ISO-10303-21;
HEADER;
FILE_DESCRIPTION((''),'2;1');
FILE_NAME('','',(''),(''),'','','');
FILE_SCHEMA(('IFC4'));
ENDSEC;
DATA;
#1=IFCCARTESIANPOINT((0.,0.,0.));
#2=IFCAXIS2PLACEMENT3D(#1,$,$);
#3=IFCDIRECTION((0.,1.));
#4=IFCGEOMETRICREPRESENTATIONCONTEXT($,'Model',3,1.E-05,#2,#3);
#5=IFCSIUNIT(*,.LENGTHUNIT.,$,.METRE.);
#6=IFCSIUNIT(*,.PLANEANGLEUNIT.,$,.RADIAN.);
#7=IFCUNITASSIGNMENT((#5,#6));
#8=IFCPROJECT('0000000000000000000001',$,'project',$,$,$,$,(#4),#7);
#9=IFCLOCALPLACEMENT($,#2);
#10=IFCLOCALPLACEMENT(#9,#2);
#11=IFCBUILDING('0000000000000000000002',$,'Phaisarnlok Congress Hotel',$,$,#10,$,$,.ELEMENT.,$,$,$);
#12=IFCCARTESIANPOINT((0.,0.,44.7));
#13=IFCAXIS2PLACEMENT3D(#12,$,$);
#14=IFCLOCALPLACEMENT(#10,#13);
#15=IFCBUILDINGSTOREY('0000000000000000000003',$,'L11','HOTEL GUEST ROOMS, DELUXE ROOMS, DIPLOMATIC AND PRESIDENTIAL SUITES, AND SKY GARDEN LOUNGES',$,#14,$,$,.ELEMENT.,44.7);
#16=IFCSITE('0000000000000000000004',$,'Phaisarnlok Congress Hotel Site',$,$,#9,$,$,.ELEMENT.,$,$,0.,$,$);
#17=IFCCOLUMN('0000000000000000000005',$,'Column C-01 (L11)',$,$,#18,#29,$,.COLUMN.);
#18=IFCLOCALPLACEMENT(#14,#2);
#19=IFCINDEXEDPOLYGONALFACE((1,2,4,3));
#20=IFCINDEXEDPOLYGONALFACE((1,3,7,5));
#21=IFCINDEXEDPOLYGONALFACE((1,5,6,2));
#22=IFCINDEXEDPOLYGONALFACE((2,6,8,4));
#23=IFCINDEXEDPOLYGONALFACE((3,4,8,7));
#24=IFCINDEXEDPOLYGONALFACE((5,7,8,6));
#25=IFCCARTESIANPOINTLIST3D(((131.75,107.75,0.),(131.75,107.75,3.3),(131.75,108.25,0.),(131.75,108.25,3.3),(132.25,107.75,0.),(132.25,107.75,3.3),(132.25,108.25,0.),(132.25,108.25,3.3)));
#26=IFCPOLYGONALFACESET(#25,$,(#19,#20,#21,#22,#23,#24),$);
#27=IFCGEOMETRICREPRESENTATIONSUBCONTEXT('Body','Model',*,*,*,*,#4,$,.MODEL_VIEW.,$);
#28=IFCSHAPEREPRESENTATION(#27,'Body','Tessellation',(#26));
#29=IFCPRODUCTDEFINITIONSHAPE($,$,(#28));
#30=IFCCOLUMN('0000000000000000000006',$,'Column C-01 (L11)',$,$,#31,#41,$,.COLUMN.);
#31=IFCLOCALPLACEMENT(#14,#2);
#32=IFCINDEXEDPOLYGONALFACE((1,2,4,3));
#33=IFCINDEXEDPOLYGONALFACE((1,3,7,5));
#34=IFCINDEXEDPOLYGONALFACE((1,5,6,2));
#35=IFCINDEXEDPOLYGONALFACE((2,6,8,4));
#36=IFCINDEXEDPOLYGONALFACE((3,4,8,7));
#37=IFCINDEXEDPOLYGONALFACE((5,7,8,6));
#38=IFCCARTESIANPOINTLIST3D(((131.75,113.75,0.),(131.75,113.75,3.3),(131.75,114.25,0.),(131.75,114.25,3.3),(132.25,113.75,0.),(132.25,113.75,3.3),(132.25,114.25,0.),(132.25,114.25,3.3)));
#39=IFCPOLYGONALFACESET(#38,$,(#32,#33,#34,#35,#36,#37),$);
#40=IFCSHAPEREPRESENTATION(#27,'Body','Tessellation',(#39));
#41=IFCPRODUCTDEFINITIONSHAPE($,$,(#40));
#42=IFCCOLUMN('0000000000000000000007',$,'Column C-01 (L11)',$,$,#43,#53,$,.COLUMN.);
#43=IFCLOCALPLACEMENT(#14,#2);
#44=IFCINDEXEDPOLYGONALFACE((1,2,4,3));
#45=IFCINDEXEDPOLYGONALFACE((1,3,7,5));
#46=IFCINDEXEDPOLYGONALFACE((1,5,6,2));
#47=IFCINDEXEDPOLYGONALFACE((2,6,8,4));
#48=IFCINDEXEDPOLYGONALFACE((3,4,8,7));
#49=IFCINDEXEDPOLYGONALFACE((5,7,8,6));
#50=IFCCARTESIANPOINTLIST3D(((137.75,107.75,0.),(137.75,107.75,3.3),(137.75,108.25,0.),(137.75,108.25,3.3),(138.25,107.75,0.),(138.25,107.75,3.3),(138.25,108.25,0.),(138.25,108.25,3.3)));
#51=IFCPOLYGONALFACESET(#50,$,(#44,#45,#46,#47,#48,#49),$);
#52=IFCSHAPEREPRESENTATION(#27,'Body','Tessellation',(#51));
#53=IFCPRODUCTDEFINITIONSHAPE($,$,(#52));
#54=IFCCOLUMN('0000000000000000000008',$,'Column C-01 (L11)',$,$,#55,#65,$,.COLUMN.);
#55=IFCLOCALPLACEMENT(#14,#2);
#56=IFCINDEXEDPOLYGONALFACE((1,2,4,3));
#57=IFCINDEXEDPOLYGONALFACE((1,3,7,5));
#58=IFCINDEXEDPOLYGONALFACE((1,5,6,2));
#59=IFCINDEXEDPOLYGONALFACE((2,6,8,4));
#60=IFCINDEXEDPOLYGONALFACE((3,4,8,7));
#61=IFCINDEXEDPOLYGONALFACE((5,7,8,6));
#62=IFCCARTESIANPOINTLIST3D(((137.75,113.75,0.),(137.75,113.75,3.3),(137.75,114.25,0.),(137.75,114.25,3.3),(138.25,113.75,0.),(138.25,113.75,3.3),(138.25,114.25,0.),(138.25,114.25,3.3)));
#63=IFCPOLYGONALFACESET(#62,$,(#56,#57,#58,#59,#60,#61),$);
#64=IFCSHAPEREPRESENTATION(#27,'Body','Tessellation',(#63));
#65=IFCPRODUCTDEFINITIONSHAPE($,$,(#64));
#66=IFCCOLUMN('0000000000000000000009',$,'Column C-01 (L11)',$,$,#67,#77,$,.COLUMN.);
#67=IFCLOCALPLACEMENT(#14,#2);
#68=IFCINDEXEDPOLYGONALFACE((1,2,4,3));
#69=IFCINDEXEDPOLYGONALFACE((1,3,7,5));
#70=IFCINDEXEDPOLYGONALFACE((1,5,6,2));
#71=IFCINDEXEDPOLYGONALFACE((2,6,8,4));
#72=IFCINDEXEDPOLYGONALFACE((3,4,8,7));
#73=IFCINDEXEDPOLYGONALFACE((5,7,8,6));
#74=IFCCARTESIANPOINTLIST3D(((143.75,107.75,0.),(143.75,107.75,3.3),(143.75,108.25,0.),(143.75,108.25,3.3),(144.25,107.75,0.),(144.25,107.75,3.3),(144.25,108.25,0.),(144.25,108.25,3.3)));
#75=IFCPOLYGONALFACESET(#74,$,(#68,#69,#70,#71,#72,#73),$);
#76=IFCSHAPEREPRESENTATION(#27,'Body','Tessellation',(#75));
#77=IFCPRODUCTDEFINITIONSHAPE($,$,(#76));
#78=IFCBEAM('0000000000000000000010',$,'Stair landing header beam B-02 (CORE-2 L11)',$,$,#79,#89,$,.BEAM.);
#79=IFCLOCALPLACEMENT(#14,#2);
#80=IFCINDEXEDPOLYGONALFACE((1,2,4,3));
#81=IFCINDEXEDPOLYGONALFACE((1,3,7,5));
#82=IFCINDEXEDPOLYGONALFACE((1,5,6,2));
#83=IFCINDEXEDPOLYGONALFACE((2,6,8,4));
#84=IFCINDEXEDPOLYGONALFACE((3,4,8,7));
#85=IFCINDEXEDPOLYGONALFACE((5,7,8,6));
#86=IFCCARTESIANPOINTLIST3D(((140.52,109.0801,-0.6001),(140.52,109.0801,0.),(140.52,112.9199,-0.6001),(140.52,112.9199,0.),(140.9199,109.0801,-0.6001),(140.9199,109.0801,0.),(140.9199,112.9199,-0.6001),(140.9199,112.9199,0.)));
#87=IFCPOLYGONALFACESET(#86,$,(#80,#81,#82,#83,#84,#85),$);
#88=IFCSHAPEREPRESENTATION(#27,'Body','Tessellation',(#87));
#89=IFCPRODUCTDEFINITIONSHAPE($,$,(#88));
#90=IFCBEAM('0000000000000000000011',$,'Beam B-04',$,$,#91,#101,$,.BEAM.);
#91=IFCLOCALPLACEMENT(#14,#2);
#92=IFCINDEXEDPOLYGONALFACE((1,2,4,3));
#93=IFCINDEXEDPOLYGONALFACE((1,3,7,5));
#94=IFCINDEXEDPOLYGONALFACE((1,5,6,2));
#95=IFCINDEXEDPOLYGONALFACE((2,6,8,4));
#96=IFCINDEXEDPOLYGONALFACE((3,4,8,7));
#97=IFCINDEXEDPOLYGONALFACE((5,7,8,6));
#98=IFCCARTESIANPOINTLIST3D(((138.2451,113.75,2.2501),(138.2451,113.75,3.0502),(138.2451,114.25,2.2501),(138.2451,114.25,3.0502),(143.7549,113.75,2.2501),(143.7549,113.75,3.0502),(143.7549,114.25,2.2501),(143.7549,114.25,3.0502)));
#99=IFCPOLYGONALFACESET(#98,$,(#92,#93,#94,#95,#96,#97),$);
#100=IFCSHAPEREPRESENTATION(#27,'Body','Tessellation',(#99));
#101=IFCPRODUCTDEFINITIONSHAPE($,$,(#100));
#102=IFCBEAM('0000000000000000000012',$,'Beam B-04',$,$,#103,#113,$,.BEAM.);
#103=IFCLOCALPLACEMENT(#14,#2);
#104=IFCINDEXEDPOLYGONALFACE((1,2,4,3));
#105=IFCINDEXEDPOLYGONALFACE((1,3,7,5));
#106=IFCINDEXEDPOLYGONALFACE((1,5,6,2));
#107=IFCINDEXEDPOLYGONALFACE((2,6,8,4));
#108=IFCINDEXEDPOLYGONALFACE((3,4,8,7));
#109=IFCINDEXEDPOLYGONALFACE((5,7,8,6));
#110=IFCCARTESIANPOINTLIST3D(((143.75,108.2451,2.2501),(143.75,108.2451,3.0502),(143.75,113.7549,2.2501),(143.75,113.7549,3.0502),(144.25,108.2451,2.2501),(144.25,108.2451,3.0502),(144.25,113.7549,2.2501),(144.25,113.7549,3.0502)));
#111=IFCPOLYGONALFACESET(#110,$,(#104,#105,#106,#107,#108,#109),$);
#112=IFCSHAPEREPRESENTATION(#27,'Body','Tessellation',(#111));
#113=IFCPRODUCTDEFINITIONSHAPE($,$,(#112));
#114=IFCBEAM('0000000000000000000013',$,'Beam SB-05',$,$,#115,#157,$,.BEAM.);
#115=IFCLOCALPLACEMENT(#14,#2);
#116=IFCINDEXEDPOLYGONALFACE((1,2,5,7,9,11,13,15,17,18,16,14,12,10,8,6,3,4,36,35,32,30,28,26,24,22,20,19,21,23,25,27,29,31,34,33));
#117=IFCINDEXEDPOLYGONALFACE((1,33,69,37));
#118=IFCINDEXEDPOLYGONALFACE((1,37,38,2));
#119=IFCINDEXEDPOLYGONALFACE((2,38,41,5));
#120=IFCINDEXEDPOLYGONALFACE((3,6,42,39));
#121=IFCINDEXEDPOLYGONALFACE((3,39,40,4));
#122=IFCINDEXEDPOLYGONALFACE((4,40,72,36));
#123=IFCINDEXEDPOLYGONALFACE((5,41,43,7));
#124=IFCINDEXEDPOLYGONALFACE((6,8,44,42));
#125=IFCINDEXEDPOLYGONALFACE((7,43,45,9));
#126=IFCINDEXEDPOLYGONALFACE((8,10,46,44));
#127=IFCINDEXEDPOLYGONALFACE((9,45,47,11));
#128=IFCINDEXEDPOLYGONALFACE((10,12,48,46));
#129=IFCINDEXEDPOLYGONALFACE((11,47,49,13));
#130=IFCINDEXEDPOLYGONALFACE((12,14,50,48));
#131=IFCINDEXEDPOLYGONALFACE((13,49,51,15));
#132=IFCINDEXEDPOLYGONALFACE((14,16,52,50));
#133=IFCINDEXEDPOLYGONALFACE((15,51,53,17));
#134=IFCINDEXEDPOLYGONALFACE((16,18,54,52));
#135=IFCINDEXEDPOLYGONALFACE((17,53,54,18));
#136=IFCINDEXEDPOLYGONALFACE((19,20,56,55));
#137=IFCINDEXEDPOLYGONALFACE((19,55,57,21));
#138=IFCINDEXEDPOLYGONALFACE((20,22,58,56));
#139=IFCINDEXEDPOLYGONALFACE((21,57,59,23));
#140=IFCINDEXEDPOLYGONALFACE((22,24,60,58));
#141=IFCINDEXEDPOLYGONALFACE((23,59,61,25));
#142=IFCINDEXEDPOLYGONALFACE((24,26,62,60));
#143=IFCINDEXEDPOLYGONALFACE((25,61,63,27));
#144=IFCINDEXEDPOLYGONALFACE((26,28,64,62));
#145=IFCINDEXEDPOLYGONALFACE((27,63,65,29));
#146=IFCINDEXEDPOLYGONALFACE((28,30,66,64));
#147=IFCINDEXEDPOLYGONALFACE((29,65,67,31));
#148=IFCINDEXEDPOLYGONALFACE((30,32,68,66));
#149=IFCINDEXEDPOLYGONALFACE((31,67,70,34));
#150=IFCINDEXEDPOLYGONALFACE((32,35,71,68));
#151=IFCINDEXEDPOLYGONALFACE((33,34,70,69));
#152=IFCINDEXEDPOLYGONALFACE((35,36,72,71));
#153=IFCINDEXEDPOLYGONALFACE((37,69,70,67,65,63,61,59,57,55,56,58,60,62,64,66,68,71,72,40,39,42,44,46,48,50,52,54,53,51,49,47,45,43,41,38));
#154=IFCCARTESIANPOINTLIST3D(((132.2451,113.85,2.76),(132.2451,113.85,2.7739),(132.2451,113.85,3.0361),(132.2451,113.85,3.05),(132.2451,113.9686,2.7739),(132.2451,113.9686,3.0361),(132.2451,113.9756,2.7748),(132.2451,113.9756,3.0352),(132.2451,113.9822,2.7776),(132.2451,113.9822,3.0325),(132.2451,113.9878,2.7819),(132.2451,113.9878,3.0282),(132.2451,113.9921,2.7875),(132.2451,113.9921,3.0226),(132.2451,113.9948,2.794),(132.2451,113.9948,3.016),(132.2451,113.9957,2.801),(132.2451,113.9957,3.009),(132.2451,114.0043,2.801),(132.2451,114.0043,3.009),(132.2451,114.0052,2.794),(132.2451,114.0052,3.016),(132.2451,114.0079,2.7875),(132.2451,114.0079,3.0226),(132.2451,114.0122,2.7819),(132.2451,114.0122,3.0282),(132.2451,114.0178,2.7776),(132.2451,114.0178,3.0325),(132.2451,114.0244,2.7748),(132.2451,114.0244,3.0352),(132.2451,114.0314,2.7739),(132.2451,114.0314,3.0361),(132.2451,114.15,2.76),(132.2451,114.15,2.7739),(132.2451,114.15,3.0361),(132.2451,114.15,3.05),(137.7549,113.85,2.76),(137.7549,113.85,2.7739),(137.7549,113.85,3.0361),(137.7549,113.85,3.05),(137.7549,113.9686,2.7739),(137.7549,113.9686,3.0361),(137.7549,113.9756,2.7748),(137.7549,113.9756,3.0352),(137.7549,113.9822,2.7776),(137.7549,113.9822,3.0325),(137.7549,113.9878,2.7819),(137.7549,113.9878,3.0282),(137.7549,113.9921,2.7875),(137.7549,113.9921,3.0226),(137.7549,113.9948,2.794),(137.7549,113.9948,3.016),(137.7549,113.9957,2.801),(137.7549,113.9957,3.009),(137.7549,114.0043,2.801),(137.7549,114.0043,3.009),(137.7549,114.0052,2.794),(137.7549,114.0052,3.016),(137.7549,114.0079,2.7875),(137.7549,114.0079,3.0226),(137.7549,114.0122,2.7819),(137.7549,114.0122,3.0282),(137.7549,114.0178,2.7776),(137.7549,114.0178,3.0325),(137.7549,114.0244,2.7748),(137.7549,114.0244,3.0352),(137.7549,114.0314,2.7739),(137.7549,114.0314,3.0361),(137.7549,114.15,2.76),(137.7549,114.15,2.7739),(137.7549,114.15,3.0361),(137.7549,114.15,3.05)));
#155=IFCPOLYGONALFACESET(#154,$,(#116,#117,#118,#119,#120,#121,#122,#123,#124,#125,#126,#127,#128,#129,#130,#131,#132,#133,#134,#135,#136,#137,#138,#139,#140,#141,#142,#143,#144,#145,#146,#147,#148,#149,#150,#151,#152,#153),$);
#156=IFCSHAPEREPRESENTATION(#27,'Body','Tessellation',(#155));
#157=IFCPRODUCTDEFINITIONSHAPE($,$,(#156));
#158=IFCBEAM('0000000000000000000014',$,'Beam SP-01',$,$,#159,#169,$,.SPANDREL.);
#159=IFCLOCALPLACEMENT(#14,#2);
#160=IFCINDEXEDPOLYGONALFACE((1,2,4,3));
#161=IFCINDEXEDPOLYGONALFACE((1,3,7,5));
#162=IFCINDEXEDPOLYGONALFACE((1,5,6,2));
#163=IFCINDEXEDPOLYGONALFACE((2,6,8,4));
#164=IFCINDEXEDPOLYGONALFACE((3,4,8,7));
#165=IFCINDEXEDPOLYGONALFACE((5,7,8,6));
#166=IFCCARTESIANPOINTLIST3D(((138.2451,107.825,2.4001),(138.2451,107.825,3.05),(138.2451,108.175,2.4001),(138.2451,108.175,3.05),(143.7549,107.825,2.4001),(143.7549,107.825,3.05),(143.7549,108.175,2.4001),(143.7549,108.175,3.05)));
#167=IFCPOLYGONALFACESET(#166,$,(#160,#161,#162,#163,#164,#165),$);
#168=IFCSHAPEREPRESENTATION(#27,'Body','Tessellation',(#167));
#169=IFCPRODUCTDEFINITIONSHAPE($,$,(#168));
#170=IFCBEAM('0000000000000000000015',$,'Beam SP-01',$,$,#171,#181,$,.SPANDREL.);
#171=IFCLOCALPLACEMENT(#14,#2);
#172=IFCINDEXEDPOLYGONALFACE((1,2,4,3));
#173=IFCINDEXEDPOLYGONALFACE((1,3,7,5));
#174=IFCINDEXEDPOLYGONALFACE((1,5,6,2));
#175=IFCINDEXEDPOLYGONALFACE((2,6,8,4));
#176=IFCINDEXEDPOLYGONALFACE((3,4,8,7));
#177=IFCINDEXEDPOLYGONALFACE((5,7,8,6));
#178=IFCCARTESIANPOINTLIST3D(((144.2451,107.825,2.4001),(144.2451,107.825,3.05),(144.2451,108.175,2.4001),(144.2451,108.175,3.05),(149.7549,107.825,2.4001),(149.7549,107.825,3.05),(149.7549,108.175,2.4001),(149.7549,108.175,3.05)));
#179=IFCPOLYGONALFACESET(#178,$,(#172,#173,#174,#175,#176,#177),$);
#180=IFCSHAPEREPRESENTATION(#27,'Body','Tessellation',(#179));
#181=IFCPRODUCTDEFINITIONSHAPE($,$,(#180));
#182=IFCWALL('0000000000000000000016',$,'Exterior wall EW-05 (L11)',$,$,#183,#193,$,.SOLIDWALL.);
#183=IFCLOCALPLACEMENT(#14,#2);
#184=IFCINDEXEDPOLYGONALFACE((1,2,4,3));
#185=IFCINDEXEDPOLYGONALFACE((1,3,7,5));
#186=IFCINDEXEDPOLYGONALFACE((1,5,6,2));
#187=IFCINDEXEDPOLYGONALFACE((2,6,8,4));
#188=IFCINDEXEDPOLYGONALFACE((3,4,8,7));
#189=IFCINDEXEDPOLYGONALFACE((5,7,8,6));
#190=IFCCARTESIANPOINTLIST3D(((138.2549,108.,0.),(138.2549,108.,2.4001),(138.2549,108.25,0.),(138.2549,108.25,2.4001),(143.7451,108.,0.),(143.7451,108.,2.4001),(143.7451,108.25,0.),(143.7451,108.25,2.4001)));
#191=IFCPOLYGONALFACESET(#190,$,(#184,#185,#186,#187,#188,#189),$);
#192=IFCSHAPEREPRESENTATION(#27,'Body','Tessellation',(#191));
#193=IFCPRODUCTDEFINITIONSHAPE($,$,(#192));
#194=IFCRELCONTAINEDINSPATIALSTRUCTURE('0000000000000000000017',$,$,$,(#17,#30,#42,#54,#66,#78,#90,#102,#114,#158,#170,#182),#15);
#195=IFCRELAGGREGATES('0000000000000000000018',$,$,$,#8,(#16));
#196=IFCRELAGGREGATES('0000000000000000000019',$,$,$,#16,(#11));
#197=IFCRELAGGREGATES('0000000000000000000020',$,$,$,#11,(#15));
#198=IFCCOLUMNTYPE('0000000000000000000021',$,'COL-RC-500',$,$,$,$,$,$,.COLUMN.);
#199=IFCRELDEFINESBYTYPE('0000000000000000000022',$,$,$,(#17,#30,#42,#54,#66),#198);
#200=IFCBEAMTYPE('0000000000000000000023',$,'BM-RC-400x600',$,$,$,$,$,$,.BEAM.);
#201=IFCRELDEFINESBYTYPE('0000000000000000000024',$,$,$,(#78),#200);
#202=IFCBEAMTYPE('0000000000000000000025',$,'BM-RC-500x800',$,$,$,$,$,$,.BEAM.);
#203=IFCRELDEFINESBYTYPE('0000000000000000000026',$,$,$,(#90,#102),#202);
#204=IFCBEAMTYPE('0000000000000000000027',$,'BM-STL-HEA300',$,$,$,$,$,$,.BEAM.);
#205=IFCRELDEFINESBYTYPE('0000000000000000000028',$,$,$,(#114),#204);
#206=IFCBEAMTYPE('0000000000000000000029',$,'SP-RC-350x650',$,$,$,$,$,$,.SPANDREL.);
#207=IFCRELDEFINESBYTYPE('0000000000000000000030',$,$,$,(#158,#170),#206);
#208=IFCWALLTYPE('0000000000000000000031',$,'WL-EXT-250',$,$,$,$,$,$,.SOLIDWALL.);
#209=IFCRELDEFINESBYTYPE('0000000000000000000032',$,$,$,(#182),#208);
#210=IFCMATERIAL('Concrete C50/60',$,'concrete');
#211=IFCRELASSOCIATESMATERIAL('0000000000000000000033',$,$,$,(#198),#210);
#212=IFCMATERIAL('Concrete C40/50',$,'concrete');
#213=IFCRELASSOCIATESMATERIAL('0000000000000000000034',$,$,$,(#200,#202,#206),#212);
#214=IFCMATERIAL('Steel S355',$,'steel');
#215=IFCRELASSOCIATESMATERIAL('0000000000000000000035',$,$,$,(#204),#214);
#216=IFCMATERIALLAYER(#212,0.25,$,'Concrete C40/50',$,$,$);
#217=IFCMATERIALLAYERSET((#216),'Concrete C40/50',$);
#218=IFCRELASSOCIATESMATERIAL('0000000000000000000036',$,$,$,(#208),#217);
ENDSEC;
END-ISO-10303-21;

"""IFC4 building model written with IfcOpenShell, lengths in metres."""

from ifc_helpers import new_model, si_unit, direction, frame, frame_2d, origin, origin_2d, place, context, subcontext, project, spatial, rectangle, i_section, extrude, material, layer, layer_set, material_profile, profile_set, type_object, element, save


model = new_model("IFC4")

# Units and contexts
model_context = context("Model", 3, precision=1e-05, world=origin(), true_north=direction((0.0, 1.0)))
body_context = subcontext(model_context, "Body", "Model", "MODEL_VIEW")
ifc_project = project(units=[si_unit("LENGTHUNIT", "METRE"), si_unit("PLANEANGLEUNIT", "RADIAN")], contexts=[model_context])

# Site, building, storey
site_placement = place(None, origin())
site = spatial("IfcSite", under=ifc_project, at=site_placement, Name="Phaisarnlok Congress Hotel Site", CompositionType="ELEMENT", RefElevation=0.0)
building_placement = place(site_placement, origin())
building = spatial("IfcBuilding", under=site, at=building_placement, Name="Phaisarnlok Congress Hotel", CompositionType="ELEMENT")
storey_placement = place(building_placement, frame((0.0, 0.0, 44.7)))
storey = spatial("IfcBuildingStorey", under=building, at=storey_placement, Name="L11", Description="HOTEL GUEST ROOMS, DELUXE ROOMS, DIPLOMATIC AND PRESIDENTIAL SUITES, AND SKY GARDEN LOUNGES", CompositionType="ELEMENT", Elevation=44.7)

# Columns
ifc_material_1 = material(Name="Concrete C50/60", Category="concrete")
ifc_material_profile_1 = material_profile(ifc_material_1, rectangle(XDim=0.5, YDim=0.5, at=origin_2d()), Name="RC 500x500")
ifc_profile_set_1 = profile_set([ifc_material_profile_1], Name="Concrete C50/60")
column_type = type_object("IfcColumnType", Name="COL-RC-500", PredefinedType="COLUMN", material=ifc_profile_set_1)
for number, where, z_axis, x_axis, name in (
    (1, (132.0, 108.0, 0.0), (0.0, 0.0, 1.0), (1.0, 0.0, 0.0), "Column C-01 (L11)"),
    (2, (132.0, 114.0, 0.0), (0.0, 0.0, 1.0), (1.0, 0.0, 0.0), "Column C-01 (L11)"),
    (3, (138.0, 108.0, 0.0), (0.0, 0.0, 1.0), (1.0, 0.0, 0.0), "Column C-01 (L11)"),
    (4, (138.0, 114.0, 0.0), (0.0, 0.0, 1.0), (1.0, 0.0, 0.0), "Column C-01 (L11)"),
    (5, (144.0, 108.0, 0.0), (0.0, 0.0, 1.0), (1.0, 0.0, 0.0), "Column C-01 (L11)"),
):
    element("IfcColumn", number, at=place(storey_placement, frame(where, z_axis=z_axis, x_axis=x_axis)), inside=storey, type_object=column_type, Name=name, PredefinedType="COLUMN", context=body_context, shape_type="SweptSolid", body=[
        extrude(rectangle(XDim=0.5, YDim=0.5, at=origin_2d()), origin(), (0.0, 0.0, 1.0), 3.3),
    ])

# Beams
ifc_material_2 = material(Name="Concrete C40/50", Category="concrete")
ifc_material_profile_2 = material_profile(ifc_material_2, rectangle(XDim=0.3999, YDim=0.6001, at=origin_2d()), Name="RC 400x600")
ifc_profile_set_2 = profile_set([ifc_material_profile_2], Name="Concrete C40/50")
beam_type_1 = type_object("IfcBeamType", Name="BM-RC-400x600", PredefinedType="BEAM", material=ifc_profile_set_2)
beam_1_placement = place(storey_placement, frame((140.72, 109.0801, -0.3), z_axis=(0.0, 1.0, 0.0), x_axis=(-1.0, 0.0, 0.0)))
element("IfcBeam", 6, at=beam_1_placement, inside=storey, type_object=beam_type_1, Name="Stair landing header beam B-02 (CORE-2 L11)", PredefinedType="BEAM", context=body_context, shape_type="SweptSolid", body=[
    extrude(rectangle(XDim=0.3999, YDim=0.6001, at=origin_2d()), origin(), (0.0, 0.0, 1.0), 3.8398),
])
ifc_material_profile_3 = material_profile(ifc_material_2, rectangle(XDim=0.5, YDim=0.8, at=origin_2d()), Name="RC 500x800")
ifc_profile_set_3 = profile_set([ifc_material_profile_3], Name="Concrete C40/50")
beam_type_2 = type_object("IfcBeamType", Name="BM-RC-500x800", PredefinedType="BEAM", material=ifc_profile_set_3)
for number, where, z_axis, x_axis, name in (
    (7, (138.2451, 114.0, 2.6501), (1.0, 0.0, 0.0), (0.0, 1.0, 0.0), "Beam B-04"),
    (8, (144.0, 108.2451, 2.6501), (0.0, 1.0, 0.0), (-1.0, 0.0, 0.0), "Beam B-04"),
):
    element("IfcBeam", number, at=place(storey_placement, frame(where, z_axis=z_axis, x_axis=x_axis)), inside=storey, type_object=beam_type_2, Name=name, PredefinedType="BEAM", context=body_context, shape_type="SweptSolid", body=[
        extrude(rectangle(XDim=0.5, YDim=0.8, at=origin_2d()), origin(), (0.0, 0.0, 1.0), 5.5098),
    ])
ifc_material_3 = material(Name="Steel S355", Category="steel")
ifc_material_profile_4 = material_profile(ifc_material_3, i_section(OverallWidth=0.3, OverallDepth=0.29, WebThickness=0.0085, FlangeThickness=0.0139, FilletRadius=0.0271, at=origin_2d()), Name="HEA 300")
ifc_profile_set_4 = profile_set([ifc_material_profile_4], Name="Steel S355")
beam_type_3 = type_object("IfcBeamType", Name="BM-STL-HEA300", PredefinedType="BEAM", material=ifc_profile_set_4)
beam_2_placement = place(storey_placement, frame((132.2451, 114.0, 2.905), z_axis=(1.0, 0.0, 0.0), x_axis=(0.0, 1.0, 0.0)))
element("IfcBeam", 9, at=beam_2_placement, inside=storey, type_object=beam_type_3, Name="Beam SB-05", PredefinedType="BEAM", context=body_context, shape_type="SweptSolid", body=[
    extrude(i_section(OverallWidth=0.3, OverallDepth=0.29, WebThickness=0.0085, FlangeThickness=0.0139, FilletRadius=0.0271, at=origin_2d()), origin(), (0.0, 0.0, 1.0), 5.5098),
])
ifc_material_profile_5 = material_profile(ifc_material_2, rectangle(XDim=0.3501, YDim=0.6499, at=origin_2d()), Name="RC 350x650")
ifc_profile_set_5 = profile_set([ifc_material_profile_5], Name="Concrete C40/50")
beam_type_4 = type_object("IfcBeamType", Name="SP-RC-350x650", PredefinedType="SPANDREL", material=ifc_profile_set_5)
for number, where, z_axis, x_axis, name in (
    (10, (138.2451, 108.0, 2.7251), (1.0, 0.0, 0.0), (0.0, 1.0, 0.0), "Beam SP-01"),
    (11, (144.2451, 108.0, 2.7251), (1.0, 0.0, 0.0), (0.0, 1.0, 0.0), "Beam SP-01"),
):
    element("IfcBeam", number, at=place(storey_placement, frame(where, z_axis=z_axis, x_axis=x_axis)), inside=storey, type_object=beam_type_4, Name=name, PredefinedType="SPANDREL", context=body_context, shape_type="SweptSolid", body=[
        extrude(rectangle(XDim=0.3501, YDim=0.6499, at=origin_2d()), origin(), (0.0, 0.0, 1.0), 5.5098),
    ])

# Wall
ifc_layer_1 = layer(ifc_material_2, 0.25, Name="Concrete C40/50")
ifc_layer_set_1 = layer_set([ifc_layer_1], Name="Concrete C40/50")
wall_type_1 = type_object("IfcWallType", Name="WL-EXT-250", PredefinedType="SOLIDWALL", material=ifc_layer_set_1)
wall_1_placement = place(storey_placement, frame((138.2549, 108.125, 0.0), z_axis=(0.0, 0.0, 1.0), x_axis=(1.0, 0.0, 0.0)))
element("IfcWall", 12, at=wall_1_placement, inside=storey, type_object=wall_type_1, Name="Exterior wall EW-05 (L11)", PredefinedType="SOLIDWALL", context=body_context, shape_type="SweptSolid", body=[
    extrude(rectangle(XDim=5.4902, YDim=0.25, at=frame_2d((2.7451, 0.0))), origin(), (0.0, 0.0, 1.0), 2.4001),
])

save(model, "model.ifc")
